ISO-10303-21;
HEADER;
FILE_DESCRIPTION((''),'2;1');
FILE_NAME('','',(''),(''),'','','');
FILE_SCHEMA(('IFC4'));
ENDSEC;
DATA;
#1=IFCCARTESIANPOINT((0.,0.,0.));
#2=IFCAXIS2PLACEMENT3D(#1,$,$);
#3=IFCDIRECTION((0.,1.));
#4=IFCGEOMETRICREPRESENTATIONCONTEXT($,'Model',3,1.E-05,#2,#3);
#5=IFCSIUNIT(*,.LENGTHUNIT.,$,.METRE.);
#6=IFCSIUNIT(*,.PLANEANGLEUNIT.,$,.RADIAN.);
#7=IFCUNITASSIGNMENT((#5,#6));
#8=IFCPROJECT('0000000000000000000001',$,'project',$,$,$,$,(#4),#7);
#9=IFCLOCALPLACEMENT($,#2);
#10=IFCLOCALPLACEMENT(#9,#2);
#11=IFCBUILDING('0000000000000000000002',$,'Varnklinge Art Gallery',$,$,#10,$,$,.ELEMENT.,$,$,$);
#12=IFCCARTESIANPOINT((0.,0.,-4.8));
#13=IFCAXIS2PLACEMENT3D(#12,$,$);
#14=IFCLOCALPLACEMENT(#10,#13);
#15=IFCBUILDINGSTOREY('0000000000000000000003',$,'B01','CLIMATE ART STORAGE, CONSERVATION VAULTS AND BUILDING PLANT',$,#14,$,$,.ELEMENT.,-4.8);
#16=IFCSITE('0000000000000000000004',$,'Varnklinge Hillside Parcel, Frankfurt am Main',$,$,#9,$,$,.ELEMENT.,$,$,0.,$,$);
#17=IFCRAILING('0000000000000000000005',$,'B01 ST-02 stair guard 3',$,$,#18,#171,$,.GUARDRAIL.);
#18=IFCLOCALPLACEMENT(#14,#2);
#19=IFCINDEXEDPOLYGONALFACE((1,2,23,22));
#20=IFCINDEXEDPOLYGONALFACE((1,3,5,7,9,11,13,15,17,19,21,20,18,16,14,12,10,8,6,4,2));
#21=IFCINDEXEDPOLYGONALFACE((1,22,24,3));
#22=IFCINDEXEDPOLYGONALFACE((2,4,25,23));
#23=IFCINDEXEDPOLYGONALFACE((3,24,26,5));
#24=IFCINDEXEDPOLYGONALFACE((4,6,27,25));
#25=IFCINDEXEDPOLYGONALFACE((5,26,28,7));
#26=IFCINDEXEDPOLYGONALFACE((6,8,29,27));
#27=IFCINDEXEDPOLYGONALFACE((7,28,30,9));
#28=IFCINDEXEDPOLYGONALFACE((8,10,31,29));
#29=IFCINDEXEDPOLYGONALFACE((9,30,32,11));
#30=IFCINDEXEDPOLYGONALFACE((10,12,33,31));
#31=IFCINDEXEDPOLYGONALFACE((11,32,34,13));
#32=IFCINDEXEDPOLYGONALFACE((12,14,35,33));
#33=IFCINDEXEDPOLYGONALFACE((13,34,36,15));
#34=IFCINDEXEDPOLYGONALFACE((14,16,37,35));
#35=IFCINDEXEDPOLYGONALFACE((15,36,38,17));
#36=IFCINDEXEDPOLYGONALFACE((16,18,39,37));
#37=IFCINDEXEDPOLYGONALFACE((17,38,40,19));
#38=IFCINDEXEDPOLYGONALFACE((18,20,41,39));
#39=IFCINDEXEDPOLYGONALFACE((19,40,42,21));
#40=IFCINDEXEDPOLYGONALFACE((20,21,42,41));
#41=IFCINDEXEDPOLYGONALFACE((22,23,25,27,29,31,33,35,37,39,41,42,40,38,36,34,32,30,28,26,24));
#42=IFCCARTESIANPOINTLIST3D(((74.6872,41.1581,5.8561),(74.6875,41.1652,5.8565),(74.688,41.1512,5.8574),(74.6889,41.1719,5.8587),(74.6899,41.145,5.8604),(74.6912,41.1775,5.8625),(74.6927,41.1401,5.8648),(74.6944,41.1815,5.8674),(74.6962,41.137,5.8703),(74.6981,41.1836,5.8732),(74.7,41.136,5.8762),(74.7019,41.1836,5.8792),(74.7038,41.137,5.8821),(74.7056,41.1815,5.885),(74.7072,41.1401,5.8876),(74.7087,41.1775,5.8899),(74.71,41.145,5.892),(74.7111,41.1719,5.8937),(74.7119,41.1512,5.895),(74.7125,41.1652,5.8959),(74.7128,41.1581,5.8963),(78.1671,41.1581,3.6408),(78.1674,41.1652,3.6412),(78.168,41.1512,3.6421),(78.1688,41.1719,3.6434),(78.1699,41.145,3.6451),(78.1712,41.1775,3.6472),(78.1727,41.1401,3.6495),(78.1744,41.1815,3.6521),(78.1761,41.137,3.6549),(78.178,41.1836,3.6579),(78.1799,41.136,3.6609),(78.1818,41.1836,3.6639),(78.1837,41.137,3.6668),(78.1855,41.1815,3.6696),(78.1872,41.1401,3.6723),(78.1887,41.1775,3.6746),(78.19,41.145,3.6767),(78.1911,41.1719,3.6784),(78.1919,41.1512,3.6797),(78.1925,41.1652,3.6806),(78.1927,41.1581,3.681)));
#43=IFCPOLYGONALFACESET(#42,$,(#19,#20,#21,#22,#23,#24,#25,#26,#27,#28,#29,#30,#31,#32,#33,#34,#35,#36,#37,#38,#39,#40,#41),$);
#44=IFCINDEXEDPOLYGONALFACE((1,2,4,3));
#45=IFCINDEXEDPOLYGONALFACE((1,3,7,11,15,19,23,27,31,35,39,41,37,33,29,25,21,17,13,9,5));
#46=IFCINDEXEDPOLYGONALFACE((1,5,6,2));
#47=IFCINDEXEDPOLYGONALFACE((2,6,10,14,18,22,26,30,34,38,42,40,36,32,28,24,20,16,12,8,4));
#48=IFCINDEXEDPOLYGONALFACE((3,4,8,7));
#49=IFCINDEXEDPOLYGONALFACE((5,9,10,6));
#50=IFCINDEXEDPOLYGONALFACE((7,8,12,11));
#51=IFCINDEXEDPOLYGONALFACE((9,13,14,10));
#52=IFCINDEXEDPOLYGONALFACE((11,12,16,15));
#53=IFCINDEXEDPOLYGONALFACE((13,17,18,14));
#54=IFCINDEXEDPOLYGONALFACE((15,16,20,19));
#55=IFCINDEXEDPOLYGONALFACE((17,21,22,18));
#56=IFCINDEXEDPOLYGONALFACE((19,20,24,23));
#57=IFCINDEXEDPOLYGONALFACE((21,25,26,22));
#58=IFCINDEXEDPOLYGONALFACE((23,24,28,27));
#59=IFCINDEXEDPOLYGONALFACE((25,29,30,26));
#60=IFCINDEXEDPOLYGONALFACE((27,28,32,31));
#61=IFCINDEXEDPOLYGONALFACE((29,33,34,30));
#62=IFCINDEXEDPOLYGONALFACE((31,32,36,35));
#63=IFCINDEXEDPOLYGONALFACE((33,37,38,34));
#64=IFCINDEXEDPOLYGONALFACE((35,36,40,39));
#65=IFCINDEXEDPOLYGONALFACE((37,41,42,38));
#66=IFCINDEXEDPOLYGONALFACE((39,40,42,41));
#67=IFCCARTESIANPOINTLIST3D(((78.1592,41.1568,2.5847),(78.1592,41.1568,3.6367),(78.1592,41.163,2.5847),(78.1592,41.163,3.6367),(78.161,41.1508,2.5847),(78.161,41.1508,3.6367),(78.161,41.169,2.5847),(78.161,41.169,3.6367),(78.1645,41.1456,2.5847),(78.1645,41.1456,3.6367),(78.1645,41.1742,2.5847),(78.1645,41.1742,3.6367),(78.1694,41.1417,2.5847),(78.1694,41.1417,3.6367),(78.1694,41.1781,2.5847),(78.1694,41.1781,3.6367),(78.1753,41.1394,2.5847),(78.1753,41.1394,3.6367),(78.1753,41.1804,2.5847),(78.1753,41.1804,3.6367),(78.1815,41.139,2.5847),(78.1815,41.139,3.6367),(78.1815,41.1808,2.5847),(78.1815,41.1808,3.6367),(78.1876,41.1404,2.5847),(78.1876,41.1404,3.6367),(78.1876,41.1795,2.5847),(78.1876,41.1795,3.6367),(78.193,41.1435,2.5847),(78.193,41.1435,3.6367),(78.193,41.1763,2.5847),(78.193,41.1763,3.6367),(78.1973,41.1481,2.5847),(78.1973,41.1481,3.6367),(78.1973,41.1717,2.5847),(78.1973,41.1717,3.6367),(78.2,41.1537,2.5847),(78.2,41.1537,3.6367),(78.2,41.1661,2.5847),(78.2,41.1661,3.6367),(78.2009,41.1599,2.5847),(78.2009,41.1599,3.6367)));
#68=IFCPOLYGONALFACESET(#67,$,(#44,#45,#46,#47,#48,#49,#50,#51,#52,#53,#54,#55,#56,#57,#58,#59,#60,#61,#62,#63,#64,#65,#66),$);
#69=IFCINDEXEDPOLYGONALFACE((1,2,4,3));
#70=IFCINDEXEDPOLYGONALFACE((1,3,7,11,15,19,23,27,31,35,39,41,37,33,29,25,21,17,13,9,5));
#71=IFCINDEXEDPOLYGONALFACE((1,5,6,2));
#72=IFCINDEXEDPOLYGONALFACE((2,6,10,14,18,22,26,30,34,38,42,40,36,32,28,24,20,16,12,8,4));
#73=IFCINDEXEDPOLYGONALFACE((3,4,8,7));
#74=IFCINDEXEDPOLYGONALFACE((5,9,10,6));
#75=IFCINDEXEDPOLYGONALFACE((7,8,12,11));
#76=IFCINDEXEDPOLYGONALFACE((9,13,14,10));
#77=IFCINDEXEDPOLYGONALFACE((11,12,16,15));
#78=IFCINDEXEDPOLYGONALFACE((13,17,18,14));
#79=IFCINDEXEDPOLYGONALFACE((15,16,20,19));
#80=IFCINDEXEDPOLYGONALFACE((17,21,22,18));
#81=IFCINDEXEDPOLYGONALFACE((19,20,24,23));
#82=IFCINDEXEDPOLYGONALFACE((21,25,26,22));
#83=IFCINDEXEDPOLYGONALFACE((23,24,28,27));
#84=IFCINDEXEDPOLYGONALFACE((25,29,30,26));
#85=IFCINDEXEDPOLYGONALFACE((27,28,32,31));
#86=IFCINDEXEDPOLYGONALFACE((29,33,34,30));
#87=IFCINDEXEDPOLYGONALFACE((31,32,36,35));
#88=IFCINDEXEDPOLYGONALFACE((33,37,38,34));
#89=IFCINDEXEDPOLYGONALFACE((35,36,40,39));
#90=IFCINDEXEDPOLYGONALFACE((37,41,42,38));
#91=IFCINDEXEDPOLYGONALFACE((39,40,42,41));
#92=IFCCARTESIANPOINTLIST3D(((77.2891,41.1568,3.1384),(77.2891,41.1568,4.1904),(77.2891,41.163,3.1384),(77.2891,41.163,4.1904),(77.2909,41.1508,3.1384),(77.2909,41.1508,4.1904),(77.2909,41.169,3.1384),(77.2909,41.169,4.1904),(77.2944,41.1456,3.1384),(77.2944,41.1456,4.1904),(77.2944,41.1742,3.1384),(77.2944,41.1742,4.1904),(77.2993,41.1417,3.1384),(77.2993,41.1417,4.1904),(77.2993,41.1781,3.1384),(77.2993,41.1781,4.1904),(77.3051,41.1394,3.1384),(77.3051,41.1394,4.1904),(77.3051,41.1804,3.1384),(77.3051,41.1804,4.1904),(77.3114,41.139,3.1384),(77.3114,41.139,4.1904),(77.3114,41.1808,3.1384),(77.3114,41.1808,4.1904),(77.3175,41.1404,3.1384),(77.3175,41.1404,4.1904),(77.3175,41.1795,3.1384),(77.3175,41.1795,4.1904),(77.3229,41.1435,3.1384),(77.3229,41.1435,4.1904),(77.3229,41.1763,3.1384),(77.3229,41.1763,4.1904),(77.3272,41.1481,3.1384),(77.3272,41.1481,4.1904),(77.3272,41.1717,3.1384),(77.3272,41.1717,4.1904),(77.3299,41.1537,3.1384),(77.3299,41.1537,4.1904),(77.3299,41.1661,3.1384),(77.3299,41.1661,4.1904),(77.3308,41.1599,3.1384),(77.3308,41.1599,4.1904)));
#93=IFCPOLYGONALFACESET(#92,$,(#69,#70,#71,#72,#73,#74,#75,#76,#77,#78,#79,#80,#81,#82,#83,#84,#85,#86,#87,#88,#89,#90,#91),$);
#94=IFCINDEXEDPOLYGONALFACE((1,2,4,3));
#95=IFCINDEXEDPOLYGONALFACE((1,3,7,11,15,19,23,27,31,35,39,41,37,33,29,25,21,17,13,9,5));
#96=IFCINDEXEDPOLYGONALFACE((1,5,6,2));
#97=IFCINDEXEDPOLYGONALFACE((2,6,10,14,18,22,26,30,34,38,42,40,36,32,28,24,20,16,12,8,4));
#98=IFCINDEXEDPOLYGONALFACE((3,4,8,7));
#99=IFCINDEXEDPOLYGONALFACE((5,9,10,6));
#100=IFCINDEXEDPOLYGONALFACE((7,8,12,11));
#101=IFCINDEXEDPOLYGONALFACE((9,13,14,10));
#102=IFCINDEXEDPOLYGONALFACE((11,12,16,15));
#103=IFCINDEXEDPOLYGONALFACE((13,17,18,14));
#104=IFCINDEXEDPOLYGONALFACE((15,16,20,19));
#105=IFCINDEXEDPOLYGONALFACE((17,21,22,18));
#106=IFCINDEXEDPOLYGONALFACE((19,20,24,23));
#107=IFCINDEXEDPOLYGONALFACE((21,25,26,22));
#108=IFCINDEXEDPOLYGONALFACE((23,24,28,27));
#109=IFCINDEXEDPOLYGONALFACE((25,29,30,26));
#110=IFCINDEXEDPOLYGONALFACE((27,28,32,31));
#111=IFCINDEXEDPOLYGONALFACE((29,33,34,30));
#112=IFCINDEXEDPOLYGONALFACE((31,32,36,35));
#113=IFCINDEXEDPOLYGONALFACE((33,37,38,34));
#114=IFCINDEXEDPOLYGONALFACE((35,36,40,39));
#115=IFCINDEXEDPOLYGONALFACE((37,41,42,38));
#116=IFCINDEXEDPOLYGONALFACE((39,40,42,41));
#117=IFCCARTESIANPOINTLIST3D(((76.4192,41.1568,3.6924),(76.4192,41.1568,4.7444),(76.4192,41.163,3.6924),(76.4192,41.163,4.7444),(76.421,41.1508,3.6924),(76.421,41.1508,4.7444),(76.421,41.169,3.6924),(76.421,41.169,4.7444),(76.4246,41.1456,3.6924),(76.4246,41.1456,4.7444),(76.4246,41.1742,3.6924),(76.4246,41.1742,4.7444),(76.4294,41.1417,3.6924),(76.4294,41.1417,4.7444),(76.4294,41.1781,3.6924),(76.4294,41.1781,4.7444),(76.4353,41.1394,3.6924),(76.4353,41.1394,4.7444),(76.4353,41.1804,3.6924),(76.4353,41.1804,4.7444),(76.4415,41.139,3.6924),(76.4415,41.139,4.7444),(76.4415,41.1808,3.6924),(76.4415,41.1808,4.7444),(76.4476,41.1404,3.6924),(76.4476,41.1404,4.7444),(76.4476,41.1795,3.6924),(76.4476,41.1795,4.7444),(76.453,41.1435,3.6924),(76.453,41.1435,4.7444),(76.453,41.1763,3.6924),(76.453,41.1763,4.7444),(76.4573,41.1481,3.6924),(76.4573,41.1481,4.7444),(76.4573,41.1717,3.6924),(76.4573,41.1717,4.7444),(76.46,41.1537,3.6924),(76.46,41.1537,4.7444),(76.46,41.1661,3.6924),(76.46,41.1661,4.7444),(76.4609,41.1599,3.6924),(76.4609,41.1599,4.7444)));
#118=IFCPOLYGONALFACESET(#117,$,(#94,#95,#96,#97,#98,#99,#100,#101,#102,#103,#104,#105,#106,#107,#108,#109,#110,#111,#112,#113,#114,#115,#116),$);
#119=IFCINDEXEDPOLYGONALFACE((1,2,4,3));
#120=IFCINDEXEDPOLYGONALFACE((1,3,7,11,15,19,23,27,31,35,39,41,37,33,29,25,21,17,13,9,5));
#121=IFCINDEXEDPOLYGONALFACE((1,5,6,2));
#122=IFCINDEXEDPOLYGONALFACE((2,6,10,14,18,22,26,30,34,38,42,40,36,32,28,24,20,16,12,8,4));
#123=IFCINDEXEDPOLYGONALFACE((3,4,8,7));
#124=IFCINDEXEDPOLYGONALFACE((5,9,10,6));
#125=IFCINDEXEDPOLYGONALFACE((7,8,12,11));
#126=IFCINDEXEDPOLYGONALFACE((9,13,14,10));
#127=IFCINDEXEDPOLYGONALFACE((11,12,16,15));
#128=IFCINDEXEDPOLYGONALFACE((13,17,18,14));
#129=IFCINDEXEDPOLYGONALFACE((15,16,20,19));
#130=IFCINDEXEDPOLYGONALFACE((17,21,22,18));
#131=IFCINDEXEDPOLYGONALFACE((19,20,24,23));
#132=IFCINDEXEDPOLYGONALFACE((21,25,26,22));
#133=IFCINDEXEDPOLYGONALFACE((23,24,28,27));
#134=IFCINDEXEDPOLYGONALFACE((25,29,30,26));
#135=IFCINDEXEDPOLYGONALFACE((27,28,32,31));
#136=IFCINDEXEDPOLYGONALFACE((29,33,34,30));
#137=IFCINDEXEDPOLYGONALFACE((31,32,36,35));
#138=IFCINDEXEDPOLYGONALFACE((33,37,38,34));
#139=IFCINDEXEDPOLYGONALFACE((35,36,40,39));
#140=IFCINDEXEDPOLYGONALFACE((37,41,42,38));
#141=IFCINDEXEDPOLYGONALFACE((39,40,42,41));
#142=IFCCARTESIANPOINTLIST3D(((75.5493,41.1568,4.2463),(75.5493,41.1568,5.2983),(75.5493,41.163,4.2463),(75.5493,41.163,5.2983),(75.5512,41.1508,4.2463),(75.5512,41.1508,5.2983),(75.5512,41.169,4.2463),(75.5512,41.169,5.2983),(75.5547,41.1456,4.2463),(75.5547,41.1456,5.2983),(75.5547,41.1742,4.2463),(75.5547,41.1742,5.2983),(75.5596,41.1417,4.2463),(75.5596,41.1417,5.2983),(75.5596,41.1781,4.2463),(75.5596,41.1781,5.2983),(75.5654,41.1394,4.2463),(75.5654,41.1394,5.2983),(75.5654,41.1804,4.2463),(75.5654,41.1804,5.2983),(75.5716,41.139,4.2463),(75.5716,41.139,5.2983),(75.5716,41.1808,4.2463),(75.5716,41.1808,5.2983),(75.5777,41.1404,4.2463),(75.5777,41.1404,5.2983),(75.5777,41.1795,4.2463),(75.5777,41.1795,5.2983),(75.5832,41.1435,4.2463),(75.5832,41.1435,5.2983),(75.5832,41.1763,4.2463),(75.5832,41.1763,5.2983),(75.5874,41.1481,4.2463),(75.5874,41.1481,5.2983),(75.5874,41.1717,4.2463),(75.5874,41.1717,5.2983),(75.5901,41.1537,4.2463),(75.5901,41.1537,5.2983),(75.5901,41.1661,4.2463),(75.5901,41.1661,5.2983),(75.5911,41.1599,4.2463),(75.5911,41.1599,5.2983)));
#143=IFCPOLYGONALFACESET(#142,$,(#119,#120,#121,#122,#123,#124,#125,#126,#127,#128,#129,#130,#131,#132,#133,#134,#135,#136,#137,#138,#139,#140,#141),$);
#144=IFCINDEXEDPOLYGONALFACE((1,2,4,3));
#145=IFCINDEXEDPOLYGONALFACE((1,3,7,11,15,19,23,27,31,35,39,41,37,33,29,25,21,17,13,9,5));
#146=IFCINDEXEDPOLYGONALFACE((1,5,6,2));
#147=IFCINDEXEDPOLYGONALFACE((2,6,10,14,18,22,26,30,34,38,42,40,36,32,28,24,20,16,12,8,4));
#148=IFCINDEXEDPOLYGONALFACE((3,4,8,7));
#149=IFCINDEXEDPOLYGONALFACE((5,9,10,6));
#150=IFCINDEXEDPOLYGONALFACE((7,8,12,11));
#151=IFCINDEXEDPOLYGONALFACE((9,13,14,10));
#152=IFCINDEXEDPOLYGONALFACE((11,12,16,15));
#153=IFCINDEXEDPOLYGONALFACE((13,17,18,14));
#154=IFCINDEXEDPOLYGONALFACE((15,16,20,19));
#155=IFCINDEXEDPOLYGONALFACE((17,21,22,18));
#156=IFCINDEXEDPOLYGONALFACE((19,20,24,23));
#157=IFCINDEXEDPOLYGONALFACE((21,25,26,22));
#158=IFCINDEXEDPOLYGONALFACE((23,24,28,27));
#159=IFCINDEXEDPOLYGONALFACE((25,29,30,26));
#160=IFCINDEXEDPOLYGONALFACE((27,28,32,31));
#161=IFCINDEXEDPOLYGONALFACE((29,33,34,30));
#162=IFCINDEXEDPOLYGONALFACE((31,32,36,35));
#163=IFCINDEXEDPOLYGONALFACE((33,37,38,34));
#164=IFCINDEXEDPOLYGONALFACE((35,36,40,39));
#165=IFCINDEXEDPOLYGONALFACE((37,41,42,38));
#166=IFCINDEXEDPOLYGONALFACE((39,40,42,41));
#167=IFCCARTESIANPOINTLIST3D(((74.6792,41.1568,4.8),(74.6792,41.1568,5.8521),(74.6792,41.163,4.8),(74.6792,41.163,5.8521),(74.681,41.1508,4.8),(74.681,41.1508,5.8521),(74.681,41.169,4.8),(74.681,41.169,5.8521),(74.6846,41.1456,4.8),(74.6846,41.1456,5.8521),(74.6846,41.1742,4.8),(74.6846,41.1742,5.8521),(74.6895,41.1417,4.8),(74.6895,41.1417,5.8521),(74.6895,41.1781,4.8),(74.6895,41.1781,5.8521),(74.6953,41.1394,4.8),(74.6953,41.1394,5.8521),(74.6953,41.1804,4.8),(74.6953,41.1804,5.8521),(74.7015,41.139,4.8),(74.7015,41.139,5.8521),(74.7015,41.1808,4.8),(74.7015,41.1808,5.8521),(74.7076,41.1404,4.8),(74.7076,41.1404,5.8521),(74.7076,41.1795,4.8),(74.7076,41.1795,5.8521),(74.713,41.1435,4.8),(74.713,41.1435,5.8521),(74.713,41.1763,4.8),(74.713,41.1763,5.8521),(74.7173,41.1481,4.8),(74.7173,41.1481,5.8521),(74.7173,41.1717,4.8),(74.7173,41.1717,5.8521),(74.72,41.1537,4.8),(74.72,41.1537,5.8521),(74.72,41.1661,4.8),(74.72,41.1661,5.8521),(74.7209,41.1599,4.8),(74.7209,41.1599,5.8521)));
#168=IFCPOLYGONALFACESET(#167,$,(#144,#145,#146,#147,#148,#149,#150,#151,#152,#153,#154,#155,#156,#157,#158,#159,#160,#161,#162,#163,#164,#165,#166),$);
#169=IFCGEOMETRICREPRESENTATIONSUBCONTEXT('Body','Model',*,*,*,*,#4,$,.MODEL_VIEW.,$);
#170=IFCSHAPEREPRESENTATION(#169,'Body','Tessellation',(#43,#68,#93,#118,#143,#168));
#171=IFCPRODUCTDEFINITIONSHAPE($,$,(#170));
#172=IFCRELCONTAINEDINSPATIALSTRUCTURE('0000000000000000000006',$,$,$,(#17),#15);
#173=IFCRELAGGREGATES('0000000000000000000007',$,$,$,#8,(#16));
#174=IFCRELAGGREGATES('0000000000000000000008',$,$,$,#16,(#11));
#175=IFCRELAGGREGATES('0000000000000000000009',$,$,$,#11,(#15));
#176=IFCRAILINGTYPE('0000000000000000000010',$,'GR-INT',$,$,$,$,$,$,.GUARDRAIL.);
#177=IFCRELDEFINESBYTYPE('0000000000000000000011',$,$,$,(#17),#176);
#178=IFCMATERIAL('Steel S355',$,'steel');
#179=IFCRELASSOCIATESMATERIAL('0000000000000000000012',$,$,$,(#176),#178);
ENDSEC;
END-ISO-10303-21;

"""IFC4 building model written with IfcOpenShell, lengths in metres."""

from ifc_helpers import new_model, si_unit, direction, frame, origin, origin_2d, place, context, subcontext, project, spatial, circle, extrude, material, type_object, element, save


model = new_model("IFC4")

# Units and contexts
model_context = context("Model", 3, precision=1e-05, world=origin(), true_north=direction((0.0, 1.0)))
body_context = subcontext(model_context, "Body", "Model", "MODEL_VIEW")
ifc_project = project(units=[si_unit("LENGTHUNIT", "METRE"), si_unit("PLANEANGLEUNIT", "RADIAN")], contexts=[model_context])

# Site, building, storey
site_placement = place(None, origin())
site = spatial("IfcSite", under=ifc_project, at=site_placement, Name="Varnklinge Hillside Parcel, Frankfurt am Main", CompositionType="ELEMENT", RefElevation=0.0)
building_placement = place(site_placement, origin())
building = spatial("IfcBuilding", under=site, at=building_placement, Name="Varnklinge Art Gallery", CompositionType="ELEMENT")
storey_placement = place(building_placement, frame((0.0, 0.0, -4.8)))
storey = spatial("IfcBuildingStorey", under=building, at=storey_placement, Name="B01", Description="CLIMATE ART STORAGE, CONSERVATION VAULTS AND BUILDING PLANT", CompositionType="ELEMENT", Elevation=-4.8)

# Railing
ifc_material_1 = material(Name="Steel S355", Category="steel")
railing_type_1 = type_object("IfcRailingType", Name="GR-INT", PredefinedType="GUARDRAIL", material=ifc_material_1)
railing_1_placement = place(storey_placement, frame((78.1799, 41.1599, 2.5847)))
element("IfcRailing", 1, at=railing_1_placement, inside=storey, type_object=railing_type_1, Name="B01 ST-02 stair guard 3", PredefinedType="GUARDRAIL", context=body_context, shape_type="SweptSolid", body=[
    extrude(circle(Radius=0.0239, at=origin_2d()), frame((0.0, 0.0, 1.0762), z_axis=(-0.843574, 0.0, 0.537013), x_axis=(0.0, -1.0, 0.0)), (0.0, 0.0, 1.0), 4.1252),
    extrude(circle(Radius=0.021, at=origin_2d()), origin(), (0.0, 0.0, 1.0), 1.052),
    extrude(circle(Radius=0.021, at=origin_2d()), frame((-0.8701, 0.0, 0.5537)), (0.0, 0.0, 1.0), 1.052),
    extrude(circle(Radius=0.021, at=origin_2d()), frame((-1.74, 0.0, 1.1077)), (0.0, 0.0, 1.0), 1.052),
    extrude(circle(Radius=0.021, at=origin_2d()), frame((-2.6099, 0.0, 1.6616)), (0.0, 0.0, 1.0), 1.052),
    extrude(circle(Radius=0.021, at=origin_2d()), frame((-3.48, 0.0, 2.2153)), (0.0, 0.0, 1.0), 1.052),
])

save(model, "model.ifc")
